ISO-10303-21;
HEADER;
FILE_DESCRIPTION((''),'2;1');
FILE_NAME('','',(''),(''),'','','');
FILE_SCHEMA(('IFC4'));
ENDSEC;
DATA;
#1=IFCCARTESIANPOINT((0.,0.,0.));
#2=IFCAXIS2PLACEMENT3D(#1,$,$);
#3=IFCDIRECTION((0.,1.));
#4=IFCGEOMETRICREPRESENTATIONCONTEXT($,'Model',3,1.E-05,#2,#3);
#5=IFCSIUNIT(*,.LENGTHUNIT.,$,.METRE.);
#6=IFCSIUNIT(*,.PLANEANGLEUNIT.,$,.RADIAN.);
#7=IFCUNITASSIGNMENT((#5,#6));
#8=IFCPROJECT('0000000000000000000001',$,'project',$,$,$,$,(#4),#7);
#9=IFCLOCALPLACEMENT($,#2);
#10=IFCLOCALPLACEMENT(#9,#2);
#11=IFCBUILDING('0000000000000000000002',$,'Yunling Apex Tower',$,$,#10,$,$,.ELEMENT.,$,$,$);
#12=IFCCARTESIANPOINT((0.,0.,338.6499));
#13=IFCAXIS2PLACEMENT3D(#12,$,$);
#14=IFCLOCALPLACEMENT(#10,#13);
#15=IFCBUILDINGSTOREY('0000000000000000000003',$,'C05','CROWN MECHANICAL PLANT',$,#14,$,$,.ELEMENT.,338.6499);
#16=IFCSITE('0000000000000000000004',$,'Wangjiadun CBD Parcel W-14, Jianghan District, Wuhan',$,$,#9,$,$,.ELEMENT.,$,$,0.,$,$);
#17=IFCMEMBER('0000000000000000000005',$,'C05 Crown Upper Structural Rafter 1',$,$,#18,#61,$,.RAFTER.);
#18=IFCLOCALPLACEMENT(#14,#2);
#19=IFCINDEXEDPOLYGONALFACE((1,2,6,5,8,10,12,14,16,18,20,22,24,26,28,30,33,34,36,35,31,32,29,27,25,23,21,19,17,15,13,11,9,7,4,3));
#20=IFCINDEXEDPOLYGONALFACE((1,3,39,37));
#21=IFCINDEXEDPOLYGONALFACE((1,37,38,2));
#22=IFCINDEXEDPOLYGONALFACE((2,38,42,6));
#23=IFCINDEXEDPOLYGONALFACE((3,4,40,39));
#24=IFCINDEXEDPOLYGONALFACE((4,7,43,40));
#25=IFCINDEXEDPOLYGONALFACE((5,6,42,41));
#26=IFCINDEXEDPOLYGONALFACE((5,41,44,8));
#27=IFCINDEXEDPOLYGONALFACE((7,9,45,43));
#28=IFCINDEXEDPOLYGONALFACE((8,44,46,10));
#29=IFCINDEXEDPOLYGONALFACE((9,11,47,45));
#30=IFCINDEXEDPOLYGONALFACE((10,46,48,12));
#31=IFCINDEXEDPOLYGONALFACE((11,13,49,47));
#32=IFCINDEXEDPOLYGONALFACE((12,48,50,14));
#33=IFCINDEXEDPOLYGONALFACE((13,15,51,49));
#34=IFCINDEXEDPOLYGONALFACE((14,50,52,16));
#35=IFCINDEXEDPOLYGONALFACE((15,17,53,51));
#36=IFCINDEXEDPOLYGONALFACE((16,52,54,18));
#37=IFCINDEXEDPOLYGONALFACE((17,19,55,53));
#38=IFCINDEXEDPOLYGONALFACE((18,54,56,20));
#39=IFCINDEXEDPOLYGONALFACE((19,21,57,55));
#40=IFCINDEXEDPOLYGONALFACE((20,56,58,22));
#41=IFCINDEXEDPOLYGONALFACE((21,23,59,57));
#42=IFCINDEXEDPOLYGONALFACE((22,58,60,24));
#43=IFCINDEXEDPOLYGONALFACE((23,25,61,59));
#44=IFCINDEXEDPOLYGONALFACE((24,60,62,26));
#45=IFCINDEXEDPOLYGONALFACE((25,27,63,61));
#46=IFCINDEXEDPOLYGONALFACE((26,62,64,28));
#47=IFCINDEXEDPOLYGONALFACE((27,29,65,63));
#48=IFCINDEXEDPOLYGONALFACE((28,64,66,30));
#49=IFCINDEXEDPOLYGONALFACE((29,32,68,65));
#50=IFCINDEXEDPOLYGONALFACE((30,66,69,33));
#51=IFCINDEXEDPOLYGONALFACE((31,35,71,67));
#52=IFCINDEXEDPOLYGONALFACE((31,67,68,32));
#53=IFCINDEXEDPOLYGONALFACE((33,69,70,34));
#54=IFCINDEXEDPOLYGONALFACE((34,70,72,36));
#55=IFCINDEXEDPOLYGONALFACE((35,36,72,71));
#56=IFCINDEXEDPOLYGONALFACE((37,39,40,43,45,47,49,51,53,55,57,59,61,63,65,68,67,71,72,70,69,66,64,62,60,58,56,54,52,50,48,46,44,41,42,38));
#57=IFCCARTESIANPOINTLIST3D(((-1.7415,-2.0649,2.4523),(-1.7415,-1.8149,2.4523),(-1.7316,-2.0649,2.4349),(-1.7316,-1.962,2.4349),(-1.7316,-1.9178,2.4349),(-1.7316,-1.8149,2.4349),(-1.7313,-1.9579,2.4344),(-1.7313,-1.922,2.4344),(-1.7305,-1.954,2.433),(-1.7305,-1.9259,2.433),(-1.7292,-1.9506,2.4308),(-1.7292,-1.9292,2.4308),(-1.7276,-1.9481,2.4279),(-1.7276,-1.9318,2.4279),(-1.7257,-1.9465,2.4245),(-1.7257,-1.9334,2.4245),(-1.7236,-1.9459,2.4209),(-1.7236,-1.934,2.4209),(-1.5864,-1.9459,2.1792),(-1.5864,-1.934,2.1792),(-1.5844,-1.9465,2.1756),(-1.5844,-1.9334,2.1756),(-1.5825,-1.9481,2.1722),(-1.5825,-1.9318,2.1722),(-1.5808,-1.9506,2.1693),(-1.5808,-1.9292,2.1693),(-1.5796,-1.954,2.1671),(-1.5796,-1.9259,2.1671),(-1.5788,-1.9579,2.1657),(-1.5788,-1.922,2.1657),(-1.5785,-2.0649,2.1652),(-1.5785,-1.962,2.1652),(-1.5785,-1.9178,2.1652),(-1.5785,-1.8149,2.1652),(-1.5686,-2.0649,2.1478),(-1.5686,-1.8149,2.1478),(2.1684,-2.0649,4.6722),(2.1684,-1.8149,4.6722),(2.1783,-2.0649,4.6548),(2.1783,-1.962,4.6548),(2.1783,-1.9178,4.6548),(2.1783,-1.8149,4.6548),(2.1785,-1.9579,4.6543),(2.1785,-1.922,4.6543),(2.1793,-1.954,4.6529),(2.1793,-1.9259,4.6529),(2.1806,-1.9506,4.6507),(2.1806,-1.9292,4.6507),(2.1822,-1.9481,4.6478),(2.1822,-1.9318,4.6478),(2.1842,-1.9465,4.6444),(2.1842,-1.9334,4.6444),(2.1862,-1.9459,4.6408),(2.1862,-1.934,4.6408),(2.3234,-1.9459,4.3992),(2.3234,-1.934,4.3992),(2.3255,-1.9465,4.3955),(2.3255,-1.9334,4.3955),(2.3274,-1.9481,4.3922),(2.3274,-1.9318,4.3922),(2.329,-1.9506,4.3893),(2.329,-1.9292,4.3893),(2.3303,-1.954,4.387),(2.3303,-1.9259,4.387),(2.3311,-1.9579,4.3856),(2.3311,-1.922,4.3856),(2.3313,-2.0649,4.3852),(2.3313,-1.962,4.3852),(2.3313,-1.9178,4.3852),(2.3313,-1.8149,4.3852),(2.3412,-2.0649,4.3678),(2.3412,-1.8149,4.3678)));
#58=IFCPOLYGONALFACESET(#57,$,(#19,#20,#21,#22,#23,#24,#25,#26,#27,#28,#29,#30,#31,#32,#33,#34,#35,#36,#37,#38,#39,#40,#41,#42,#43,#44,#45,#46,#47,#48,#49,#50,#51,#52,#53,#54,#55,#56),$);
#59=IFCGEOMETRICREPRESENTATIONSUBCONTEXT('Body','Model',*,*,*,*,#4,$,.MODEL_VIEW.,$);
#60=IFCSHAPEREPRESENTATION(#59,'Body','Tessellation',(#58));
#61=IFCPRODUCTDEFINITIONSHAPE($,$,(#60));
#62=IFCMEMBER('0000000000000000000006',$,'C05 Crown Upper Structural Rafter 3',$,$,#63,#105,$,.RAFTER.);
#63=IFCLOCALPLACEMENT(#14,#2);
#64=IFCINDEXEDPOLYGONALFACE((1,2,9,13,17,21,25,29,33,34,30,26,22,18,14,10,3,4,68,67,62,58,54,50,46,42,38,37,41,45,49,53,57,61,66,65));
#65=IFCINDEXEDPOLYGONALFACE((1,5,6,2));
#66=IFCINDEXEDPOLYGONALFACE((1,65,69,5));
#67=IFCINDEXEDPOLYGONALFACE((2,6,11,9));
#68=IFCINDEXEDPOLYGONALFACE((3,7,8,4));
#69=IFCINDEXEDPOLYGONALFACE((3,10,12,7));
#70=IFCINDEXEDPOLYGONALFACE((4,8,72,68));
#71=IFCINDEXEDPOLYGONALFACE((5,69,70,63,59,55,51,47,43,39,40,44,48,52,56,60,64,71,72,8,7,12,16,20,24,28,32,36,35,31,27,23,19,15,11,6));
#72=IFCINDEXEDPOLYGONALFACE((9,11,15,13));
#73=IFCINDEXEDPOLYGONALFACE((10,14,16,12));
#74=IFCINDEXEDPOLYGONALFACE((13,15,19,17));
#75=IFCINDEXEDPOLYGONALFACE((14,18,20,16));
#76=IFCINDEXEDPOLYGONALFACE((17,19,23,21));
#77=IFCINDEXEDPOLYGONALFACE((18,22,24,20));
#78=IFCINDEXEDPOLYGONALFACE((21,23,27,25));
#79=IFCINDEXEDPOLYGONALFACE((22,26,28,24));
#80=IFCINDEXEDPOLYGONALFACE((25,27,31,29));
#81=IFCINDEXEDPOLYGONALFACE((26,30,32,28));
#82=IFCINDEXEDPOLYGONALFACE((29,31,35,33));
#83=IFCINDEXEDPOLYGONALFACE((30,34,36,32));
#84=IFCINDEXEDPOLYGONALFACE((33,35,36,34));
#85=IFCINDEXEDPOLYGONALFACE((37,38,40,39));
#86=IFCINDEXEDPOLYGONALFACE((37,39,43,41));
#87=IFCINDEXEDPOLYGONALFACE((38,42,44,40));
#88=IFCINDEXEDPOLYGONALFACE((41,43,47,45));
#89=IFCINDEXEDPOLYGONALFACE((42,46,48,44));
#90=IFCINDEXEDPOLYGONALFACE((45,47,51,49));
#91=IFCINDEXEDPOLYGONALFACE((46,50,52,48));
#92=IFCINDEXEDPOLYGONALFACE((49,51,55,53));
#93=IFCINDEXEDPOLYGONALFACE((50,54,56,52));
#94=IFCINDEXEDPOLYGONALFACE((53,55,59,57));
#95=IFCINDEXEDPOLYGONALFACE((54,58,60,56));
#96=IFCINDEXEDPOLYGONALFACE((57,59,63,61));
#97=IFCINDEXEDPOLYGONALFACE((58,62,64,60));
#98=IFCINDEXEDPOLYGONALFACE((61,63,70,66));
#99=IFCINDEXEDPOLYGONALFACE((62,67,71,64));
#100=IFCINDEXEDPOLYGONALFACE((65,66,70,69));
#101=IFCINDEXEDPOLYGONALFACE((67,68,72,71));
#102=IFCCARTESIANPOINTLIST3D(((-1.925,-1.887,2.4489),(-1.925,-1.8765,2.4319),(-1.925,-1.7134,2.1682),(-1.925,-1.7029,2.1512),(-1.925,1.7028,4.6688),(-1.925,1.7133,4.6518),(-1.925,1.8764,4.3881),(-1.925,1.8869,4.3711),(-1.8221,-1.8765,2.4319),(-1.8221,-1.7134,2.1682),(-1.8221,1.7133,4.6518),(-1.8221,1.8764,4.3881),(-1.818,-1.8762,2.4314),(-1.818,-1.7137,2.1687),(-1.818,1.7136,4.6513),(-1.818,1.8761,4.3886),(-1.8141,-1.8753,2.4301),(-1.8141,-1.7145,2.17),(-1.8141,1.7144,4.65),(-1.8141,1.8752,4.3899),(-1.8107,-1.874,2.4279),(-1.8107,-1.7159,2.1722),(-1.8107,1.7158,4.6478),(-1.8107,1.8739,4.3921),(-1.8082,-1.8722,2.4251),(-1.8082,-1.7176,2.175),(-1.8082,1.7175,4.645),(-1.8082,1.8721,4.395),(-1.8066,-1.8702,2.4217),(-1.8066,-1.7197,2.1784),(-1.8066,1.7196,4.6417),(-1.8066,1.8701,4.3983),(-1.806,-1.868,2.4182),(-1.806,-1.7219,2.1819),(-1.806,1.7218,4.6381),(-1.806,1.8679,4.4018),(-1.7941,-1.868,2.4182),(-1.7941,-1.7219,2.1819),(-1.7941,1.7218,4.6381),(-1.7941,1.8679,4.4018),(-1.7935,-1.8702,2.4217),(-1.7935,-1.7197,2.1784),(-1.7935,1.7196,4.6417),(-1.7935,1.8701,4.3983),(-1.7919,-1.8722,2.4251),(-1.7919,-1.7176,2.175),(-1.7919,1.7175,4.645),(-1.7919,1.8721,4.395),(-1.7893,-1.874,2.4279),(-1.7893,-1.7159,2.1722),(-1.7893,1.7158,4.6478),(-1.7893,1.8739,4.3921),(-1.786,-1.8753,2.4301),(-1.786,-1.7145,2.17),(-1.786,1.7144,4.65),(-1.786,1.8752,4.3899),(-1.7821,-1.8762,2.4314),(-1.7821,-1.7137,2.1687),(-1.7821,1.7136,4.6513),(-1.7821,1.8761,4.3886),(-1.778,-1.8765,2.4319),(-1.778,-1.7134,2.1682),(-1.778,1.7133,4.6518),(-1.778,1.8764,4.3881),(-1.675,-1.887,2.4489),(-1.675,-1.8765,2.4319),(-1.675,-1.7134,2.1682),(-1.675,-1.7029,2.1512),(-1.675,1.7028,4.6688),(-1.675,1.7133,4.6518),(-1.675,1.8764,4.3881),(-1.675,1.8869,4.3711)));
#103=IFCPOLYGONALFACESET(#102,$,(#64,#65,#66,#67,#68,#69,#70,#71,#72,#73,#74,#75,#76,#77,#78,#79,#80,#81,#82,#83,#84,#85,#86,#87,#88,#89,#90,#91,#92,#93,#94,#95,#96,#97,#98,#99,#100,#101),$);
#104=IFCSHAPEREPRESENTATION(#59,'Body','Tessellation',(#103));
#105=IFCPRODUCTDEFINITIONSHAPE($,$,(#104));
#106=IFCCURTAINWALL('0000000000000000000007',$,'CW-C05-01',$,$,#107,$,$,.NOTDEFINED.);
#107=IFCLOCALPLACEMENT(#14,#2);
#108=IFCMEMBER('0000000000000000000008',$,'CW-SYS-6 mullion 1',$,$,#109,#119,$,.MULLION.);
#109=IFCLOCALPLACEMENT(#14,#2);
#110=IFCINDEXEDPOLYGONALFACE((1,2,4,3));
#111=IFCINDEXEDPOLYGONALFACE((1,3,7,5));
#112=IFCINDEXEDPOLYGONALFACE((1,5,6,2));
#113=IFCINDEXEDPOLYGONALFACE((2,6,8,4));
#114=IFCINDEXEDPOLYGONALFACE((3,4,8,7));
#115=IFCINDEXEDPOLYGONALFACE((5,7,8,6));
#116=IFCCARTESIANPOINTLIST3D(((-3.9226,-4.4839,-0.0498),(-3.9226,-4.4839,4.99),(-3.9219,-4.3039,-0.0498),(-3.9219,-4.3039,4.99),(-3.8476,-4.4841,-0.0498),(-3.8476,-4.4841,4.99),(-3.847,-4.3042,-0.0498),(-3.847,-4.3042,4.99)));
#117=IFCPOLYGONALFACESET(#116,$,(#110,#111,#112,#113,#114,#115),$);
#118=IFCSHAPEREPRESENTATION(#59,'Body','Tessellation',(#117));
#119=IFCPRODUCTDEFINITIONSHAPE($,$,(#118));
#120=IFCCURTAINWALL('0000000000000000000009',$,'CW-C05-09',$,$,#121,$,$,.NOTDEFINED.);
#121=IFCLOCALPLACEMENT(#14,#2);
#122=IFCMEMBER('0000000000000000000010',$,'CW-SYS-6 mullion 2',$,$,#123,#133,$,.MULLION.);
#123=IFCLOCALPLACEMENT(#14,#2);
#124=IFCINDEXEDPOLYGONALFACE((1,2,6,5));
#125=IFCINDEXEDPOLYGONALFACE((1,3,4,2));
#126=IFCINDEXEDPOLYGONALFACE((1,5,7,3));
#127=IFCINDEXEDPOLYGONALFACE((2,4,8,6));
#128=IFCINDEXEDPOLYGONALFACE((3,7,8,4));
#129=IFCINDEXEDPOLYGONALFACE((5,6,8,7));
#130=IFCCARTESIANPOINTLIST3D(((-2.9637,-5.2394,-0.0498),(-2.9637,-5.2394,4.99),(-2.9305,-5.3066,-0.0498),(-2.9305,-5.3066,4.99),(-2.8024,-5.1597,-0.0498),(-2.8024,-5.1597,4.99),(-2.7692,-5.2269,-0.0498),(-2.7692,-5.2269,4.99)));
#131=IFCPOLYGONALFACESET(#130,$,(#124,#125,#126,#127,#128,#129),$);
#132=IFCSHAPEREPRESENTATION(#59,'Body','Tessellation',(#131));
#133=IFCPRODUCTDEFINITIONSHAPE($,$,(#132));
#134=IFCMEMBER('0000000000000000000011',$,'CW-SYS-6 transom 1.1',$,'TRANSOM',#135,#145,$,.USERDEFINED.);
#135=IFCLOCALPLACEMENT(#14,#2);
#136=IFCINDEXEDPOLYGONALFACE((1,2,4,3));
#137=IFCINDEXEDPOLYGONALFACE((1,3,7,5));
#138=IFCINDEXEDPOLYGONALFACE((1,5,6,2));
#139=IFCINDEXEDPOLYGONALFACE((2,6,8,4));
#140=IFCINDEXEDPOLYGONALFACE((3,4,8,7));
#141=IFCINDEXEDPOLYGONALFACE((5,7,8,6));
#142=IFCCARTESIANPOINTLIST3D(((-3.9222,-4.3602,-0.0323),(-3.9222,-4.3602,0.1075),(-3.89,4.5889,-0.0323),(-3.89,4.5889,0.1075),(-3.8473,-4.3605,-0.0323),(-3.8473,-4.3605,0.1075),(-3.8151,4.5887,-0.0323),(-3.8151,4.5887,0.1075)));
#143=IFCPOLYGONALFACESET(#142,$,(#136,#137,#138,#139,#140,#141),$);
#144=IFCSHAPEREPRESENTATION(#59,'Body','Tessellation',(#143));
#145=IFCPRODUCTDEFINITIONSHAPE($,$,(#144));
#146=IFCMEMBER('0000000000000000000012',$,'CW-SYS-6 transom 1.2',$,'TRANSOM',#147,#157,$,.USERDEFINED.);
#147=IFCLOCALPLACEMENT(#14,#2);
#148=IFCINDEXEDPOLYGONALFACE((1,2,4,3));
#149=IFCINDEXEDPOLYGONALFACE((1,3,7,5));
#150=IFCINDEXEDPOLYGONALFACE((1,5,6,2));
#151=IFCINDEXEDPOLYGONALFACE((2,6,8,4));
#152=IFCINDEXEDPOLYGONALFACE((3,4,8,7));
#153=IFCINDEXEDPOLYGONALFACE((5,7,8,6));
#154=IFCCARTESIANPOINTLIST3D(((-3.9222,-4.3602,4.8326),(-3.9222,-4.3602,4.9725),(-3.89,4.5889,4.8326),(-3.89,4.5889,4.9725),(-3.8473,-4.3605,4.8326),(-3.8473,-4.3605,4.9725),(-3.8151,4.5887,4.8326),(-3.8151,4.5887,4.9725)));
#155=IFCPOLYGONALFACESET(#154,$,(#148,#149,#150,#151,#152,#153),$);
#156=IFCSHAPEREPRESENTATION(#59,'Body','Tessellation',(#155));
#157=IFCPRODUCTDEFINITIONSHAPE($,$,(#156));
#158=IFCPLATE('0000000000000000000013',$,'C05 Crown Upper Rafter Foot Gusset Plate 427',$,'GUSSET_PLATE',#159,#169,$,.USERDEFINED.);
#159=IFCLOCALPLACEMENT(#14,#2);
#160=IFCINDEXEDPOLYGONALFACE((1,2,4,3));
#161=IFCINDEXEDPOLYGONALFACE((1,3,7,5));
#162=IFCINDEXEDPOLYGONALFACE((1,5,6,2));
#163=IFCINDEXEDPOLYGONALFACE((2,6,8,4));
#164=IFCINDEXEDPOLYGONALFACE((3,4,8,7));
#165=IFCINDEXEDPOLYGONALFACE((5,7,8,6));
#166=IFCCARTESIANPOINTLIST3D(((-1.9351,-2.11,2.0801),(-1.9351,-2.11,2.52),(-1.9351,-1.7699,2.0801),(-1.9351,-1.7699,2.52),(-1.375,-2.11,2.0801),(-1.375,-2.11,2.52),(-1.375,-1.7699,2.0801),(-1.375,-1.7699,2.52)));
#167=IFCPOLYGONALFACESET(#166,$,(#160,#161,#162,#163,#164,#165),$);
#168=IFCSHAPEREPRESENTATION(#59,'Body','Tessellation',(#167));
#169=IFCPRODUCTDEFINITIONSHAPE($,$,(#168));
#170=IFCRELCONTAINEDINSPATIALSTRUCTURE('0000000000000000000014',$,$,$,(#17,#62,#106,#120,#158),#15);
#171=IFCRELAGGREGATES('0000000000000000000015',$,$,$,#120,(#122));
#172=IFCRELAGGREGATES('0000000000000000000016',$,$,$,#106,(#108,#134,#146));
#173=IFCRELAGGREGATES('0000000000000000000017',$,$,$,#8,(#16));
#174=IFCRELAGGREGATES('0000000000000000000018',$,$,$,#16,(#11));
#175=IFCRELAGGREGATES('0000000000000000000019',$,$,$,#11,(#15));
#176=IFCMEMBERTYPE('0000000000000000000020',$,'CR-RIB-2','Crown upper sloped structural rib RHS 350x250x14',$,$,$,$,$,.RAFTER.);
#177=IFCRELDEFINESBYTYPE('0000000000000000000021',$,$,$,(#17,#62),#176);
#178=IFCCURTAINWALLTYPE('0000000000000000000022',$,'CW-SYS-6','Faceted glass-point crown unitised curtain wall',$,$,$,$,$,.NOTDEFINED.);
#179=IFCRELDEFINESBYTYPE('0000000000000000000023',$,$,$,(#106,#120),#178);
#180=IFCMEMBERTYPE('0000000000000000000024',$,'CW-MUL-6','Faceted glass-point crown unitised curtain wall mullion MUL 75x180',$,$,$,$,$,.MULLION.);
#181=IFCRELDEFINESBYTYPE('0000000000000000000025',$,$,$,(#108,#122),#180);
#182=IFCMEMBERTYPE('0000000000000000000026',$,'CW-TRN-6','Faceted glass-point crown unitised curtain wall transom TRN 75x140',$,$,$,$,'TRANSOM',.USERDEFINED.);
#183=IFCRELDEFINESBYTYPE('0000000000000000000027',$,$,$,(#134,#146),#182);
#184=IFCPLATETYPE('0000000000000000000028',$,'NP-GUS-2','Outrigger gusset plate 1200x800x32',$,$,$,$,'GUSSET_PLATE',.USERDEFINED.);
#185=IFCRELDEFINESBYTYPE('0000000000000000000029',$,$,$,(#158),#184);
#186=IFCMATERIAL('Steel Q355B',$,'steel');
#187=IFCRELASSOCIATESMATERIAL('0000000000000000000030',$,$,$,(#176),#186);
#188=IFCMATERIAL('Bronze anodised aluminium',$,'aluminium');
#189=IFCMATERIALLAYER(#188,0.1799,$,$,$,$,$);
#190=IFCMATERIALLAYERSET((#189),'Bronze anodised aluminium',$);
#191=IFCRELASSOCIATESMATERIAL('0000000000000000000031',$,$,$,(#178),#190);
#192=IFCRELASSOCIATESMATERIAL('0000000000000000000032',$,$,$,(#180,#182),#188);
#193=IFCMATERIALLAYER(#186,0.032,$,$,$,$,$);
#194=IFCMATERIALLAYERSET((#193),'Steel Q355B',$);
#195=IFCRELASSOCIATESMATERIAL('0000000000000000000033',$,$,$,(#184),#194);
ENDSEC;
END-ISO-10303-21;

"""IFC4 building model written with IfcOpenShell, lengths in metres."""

from ifc_helpers import new_model, si_unit, direction, frame, origin, origin_2d, place, context, subcontext, project, spatial, rectangle, i_section, extrude, source, transform, mapped, material, layer, layer_set, material_profile, profile_set, type_object, element, aggregate, save


model = new_model("IFC4")

# Units and contexts
model_context = context("Model", 3, precision=1e-05, world=origin(), true_north=direction((0.0, 1.0)))
body_context = subcontext(model_context, "Body", "Model", "MODEL_VIEW")
ifc_project = project(units=[si_unit("LENGTHUNIT", "METRE"), si_unit("PLANEANGLEUNIT", "RADIAN")], contexts=[model_context])

# Site, building, storey
site_placement = place(None, origin())
site = spatial("IfcSite", under=ifc_project, at=site_placement, Name="Wangjiadun CBD Parcel W-14, Jianghan District, Wuhan", CompositionType="ELEMENT", RefElevation=0.0)
building_placement = place(site_placement, origin())
building = spatial("IfcBuilding", under=site, at=building_placement, Name="Yunling Apex Tower", CompositionType="ELEMENT")
storey_placement = place(building_placement, frame((0.0, 0.0, 338.6499)))
storey = spatial("IfcBuildingStorey", under=building, at=storey_placement, Name="C05", Description="CROWN MECHANICAL PLANT", CompositionType="ELEMENT", Elevation=338.6499)

# Shared definitions
ifc_material_1 = material(Name="Steel Q355B", Category="steel")

# Members
ifc_material_profile_1 = material_profile(ifc_material_1, i_section(OverallWidth=0.25, OverallDepth=0.3501, WebThickness=0.012, FlangeThickness=0.02, FilletRadius=0.0161, at=origin_2d()))
ifc_profile_set_1 = profile_set([ifc_material_profile_1], Name="Steel Q355B")
member_type_1 = type_object("IfcMemberType", Name="CR-RIB-2", Description="Crown upper sloped structural rib RHS 350x250x14", PredefinedType="RAFTER", material=ifc_profile_set_1)
shared_shape_1 = source(origin(), body_context, "Body", "SweptSolid", [
    extrude(i_section(OverallWidth=0.25, OverallDepth=0.3501, WebThickness=0.012, FlangeThickness=0.02, FilletRadius=0.0161, at=origin_2d()), origin(), (0.0, 0.0, 1.0), 4.4961),
])
member_1_placement = place(storey_placement, frame((-1.655, -1.9399, 2.3), z_axis=(0.869607, 0.0, 0.493745), x_axis=(0.0, 1.0, 0.0)))
element("IfcMember", 1, at=member_1_placement, inside=storey, type_object=member_type_1, Name="C05 Crown Upper Structural Rafter 1", PredefinedType="RAFTER", context=body_context, shape_type="MappedRepresentation", body=[
    mapped(shared_shape_1, transform((0.0, 0.0, 0.0), scale=1.0)),
])
shared_shape_2 = source(origin(), body_context, "Body", "SweptSolid", [
    extrude(i_section(OverallWidth=0.25, OverallDepth=0.3501, WebThickness=0.012, FlangeThickness=0.02, FilletRadius=0.0161, at=origin_2d()), origin(), (0.0, 0.0, 1.0), 4.2207),
])
member_2_placement = place(storey_placement, frame((-1.8, -1.7949, 2.3), z_axis=(0.0, 0.85051, 0.525958), x_axis=(-1.0, 0.0, 0.0)))
element("IfcMember", 2, at=member_2_placement, inside=storey, type_object=member_type_1, Name="C05 Crown Upper Structural Rafter 3", PredefinedType="RAFTER", context=body_context, shape_type="MappedRepresentation", body=[
    mapped(shared_shape_2, transform((0.0, 0.0, 0.0), scale=1.0)),
])

# Curtain walls, members
ifc_material_2 = material(Name="Bronze anodised aluminium", Category="aluminium")
ifc_layer_1 = layer(ifc_material_2, 0.1799)
ifc_layer_set_1 = layer_set([ifc_layer_1], Name="Bronze anodised aluminium")
curtain_wall_type = type_object("IfcCurtainWallType", Name="CW-SYS-6", Description="Faceted glass-point crown unitised curtain wall", PredefinedType="NOTDEFINED", material=ifc_layer_set_1)
curtain_wall_1_placement = place(storey_placement, origin())
curtain_wall_1 = element("IfcCurtainWall", 3, at=curtain_wall_1_placement, inside=storey, type_object=curtain_wall_type, Name="CW-C05-01", PredefinedType="NOTDEFINED")
ifc_material_profile_2 = material_profile(ifc_material_2, rectangle(XDim=0.075, YDim=0.1799, at=origin_2d()))
ifc_profile_set_2 = profile_set([ifc_material_profile_2], Name="Bronze anodised aluminium")
member_type_2 = type_object("IfcMemberType", Name="CW-MUL-6", Description="Faceted glass-point crown unitised curtain wall mullion MUL 75x180", PredefinedType="MULLION", material=ifc_profile_set_2)
shared_shape_3 = source(origin(), body_context, "Body", "SweptSolid", [
    extrude(rectangle(XDim=0.075, YDim=0.1799, at=origin_2d()), origin(), (0.0, 0.0, 1.0), 5.0398),
])
member_3_placement = place(storey_placement, frame((-3.8848, -4.394, -0.0498), z_axis=(0.0, 0.0, 1.0), x_axis=(-0.999994, 0.003575, 0.0)))
member_3 = element("IfcMember", 4, at=member_3_placement, type_object=member_type_2, Name="CW-SYS-6 mullion 1", PredefinedType="MULLION", context=body_context, shape_type="MappedRepresentation", body=[
    mapped(shared_shape_3, transform((0.0, 0.0, 0.0), scale=1.0)),
])
curtain_wall_2_placement = place(storey_placement, origin())
curtain_wall_2 = element("IfcCurtainWall", 5, at=curtain_wall_2_placement, inside=storey, type_object=curtain_wall_type, Name="CW-C05-09", PredefinedType="NOTDEFINED")
member_4_placement = place(storey_placement, frame((-2.8665, -5.2332, -0.0498), z_axis=(0.0, 0.0, 1.0), x_axis=(0.442709, -0.896666, 0.0)))
member_4 = element("IfcMember", 6, at=member_4_placement, type_object=member_type_2, Name="CW-SYS-6 mullion 2", PredefinedType="MULLION", context=body_context, shape_type="MappedRepresentation", body=[
    mapped(shared_shape_3, transform((0.0, 0.0, 0.0), scale=1.0)),
])
aggregate(curtain_wall_2, [member_4])

# Members
ifc_material_profile_3 = material_profile(ifc_material_2, rectangle(XDim=0.075, YDim=0.1399, at=origin_2d()))
ifc_profile_set_3 = profile_set([ifc_material_profile_3], Name="Bronze anodised aluminium")
member_type_3 = type_object("IfcMemberType", Name="CW-TRN-6", Description="Faceted glass-point crown unitised curtain wall transom TRN 75x140", ElementType="TRANSOM", PredefinedType="USERDEFINED", material=ifc_profile_set_3)
shared_shape_4 = source(origin(), body_context, "Body", "SweptSolid", [
    extrude(rectangle(XDim=0.075, YDim=0.1399, at=origin_2d()), origin(), (0.0, 0.0, 1.0), 8.9492),
])
member_5_placement = place(storey_placement, frame((-3.8848, -4.3604, 0.0376), z_axis=(0.003601, 0.999994, 0.0), x_axis=(-0.999994, 0.003601, 0.0)))
member_5 = element("IfcMember", 7, at=member_5_placement, type_object=member_type_3, Name="CW-SYS-6 transom 1.1", ObjectType="TRANSOM", PredefinedType="USERDEFINED", context=body_context, shape_type="MappedRepresentation", body=[
    mapped(shared_shape_4, transform((0.0, 0.0, 0.0), scale=1.0)),
])
member_6_placement = place(storey_placement, frame((-3.8848, -4.3604, 4.9026), z_axis=(0.003601, 0.999994, 0.0), x_axis=(-0.999994, 0.003601, 0.0)))
member_6 = element("IfcMember", 8, at=member_6_placement, type_object=member_type_3, Name="CW-SYS-6 transom 1.2", ObjectType="TRANSOM", PredefinedType="USERDEFINED", context=body_context, shape_type="MappedRepresentation", body=[
    mapped(shared_shape_4, transform((0.0, 0.0, 0.0), scale=1.0)),
])
aggregate(curtain_wall_1, [member_3, member_5, member_6])

# Plate
ifc_layer_2 = layer(ifc_material_1, 0.032)
ifc_layer_set_2 = layer_set([ifc_layer_2], Name="Steel Q355B")
plate_type = type_object("IfcPlateType", Name="NP-GUS-2", Description="Outrigger gusset plate 1200x800x32", ElementType="GUSSET_PLATE", PredefinedType="USERDEFINED", material=ifc_layer_set_2)
shared_shape_5 = source(origin(), body_context, "Body", "SweptSolid", [
    extrude(rectangle(XDim=0.5601, YDim=0.3401, at=origin_2d()), origin(), (0.0, 0.0, 1.0), 0.4399),
])
plate_placement = place(storey_placement, frame((-1.655, -1.9399, 2.0801), z_axis=(0.0, 0.0, 1.0), x_axis=(1.0, 0.0, 0.0)))
element("IfcPlate", 9, at=plate_placement, inside=storey, type_object=plate_type, Name="C05 Crown Upper Rafter Foot Gusset Plate 427", ObjectType="GUSSET_PLATE", PredefinedType="USERDEFINED", context=body_context, shape_type="MappedRepresentation", body=[
    mapped(shared_shape_5, transform((0.0, 0.0, 0.0), scale=1.0)),
])

save(model, "model.ifc")
